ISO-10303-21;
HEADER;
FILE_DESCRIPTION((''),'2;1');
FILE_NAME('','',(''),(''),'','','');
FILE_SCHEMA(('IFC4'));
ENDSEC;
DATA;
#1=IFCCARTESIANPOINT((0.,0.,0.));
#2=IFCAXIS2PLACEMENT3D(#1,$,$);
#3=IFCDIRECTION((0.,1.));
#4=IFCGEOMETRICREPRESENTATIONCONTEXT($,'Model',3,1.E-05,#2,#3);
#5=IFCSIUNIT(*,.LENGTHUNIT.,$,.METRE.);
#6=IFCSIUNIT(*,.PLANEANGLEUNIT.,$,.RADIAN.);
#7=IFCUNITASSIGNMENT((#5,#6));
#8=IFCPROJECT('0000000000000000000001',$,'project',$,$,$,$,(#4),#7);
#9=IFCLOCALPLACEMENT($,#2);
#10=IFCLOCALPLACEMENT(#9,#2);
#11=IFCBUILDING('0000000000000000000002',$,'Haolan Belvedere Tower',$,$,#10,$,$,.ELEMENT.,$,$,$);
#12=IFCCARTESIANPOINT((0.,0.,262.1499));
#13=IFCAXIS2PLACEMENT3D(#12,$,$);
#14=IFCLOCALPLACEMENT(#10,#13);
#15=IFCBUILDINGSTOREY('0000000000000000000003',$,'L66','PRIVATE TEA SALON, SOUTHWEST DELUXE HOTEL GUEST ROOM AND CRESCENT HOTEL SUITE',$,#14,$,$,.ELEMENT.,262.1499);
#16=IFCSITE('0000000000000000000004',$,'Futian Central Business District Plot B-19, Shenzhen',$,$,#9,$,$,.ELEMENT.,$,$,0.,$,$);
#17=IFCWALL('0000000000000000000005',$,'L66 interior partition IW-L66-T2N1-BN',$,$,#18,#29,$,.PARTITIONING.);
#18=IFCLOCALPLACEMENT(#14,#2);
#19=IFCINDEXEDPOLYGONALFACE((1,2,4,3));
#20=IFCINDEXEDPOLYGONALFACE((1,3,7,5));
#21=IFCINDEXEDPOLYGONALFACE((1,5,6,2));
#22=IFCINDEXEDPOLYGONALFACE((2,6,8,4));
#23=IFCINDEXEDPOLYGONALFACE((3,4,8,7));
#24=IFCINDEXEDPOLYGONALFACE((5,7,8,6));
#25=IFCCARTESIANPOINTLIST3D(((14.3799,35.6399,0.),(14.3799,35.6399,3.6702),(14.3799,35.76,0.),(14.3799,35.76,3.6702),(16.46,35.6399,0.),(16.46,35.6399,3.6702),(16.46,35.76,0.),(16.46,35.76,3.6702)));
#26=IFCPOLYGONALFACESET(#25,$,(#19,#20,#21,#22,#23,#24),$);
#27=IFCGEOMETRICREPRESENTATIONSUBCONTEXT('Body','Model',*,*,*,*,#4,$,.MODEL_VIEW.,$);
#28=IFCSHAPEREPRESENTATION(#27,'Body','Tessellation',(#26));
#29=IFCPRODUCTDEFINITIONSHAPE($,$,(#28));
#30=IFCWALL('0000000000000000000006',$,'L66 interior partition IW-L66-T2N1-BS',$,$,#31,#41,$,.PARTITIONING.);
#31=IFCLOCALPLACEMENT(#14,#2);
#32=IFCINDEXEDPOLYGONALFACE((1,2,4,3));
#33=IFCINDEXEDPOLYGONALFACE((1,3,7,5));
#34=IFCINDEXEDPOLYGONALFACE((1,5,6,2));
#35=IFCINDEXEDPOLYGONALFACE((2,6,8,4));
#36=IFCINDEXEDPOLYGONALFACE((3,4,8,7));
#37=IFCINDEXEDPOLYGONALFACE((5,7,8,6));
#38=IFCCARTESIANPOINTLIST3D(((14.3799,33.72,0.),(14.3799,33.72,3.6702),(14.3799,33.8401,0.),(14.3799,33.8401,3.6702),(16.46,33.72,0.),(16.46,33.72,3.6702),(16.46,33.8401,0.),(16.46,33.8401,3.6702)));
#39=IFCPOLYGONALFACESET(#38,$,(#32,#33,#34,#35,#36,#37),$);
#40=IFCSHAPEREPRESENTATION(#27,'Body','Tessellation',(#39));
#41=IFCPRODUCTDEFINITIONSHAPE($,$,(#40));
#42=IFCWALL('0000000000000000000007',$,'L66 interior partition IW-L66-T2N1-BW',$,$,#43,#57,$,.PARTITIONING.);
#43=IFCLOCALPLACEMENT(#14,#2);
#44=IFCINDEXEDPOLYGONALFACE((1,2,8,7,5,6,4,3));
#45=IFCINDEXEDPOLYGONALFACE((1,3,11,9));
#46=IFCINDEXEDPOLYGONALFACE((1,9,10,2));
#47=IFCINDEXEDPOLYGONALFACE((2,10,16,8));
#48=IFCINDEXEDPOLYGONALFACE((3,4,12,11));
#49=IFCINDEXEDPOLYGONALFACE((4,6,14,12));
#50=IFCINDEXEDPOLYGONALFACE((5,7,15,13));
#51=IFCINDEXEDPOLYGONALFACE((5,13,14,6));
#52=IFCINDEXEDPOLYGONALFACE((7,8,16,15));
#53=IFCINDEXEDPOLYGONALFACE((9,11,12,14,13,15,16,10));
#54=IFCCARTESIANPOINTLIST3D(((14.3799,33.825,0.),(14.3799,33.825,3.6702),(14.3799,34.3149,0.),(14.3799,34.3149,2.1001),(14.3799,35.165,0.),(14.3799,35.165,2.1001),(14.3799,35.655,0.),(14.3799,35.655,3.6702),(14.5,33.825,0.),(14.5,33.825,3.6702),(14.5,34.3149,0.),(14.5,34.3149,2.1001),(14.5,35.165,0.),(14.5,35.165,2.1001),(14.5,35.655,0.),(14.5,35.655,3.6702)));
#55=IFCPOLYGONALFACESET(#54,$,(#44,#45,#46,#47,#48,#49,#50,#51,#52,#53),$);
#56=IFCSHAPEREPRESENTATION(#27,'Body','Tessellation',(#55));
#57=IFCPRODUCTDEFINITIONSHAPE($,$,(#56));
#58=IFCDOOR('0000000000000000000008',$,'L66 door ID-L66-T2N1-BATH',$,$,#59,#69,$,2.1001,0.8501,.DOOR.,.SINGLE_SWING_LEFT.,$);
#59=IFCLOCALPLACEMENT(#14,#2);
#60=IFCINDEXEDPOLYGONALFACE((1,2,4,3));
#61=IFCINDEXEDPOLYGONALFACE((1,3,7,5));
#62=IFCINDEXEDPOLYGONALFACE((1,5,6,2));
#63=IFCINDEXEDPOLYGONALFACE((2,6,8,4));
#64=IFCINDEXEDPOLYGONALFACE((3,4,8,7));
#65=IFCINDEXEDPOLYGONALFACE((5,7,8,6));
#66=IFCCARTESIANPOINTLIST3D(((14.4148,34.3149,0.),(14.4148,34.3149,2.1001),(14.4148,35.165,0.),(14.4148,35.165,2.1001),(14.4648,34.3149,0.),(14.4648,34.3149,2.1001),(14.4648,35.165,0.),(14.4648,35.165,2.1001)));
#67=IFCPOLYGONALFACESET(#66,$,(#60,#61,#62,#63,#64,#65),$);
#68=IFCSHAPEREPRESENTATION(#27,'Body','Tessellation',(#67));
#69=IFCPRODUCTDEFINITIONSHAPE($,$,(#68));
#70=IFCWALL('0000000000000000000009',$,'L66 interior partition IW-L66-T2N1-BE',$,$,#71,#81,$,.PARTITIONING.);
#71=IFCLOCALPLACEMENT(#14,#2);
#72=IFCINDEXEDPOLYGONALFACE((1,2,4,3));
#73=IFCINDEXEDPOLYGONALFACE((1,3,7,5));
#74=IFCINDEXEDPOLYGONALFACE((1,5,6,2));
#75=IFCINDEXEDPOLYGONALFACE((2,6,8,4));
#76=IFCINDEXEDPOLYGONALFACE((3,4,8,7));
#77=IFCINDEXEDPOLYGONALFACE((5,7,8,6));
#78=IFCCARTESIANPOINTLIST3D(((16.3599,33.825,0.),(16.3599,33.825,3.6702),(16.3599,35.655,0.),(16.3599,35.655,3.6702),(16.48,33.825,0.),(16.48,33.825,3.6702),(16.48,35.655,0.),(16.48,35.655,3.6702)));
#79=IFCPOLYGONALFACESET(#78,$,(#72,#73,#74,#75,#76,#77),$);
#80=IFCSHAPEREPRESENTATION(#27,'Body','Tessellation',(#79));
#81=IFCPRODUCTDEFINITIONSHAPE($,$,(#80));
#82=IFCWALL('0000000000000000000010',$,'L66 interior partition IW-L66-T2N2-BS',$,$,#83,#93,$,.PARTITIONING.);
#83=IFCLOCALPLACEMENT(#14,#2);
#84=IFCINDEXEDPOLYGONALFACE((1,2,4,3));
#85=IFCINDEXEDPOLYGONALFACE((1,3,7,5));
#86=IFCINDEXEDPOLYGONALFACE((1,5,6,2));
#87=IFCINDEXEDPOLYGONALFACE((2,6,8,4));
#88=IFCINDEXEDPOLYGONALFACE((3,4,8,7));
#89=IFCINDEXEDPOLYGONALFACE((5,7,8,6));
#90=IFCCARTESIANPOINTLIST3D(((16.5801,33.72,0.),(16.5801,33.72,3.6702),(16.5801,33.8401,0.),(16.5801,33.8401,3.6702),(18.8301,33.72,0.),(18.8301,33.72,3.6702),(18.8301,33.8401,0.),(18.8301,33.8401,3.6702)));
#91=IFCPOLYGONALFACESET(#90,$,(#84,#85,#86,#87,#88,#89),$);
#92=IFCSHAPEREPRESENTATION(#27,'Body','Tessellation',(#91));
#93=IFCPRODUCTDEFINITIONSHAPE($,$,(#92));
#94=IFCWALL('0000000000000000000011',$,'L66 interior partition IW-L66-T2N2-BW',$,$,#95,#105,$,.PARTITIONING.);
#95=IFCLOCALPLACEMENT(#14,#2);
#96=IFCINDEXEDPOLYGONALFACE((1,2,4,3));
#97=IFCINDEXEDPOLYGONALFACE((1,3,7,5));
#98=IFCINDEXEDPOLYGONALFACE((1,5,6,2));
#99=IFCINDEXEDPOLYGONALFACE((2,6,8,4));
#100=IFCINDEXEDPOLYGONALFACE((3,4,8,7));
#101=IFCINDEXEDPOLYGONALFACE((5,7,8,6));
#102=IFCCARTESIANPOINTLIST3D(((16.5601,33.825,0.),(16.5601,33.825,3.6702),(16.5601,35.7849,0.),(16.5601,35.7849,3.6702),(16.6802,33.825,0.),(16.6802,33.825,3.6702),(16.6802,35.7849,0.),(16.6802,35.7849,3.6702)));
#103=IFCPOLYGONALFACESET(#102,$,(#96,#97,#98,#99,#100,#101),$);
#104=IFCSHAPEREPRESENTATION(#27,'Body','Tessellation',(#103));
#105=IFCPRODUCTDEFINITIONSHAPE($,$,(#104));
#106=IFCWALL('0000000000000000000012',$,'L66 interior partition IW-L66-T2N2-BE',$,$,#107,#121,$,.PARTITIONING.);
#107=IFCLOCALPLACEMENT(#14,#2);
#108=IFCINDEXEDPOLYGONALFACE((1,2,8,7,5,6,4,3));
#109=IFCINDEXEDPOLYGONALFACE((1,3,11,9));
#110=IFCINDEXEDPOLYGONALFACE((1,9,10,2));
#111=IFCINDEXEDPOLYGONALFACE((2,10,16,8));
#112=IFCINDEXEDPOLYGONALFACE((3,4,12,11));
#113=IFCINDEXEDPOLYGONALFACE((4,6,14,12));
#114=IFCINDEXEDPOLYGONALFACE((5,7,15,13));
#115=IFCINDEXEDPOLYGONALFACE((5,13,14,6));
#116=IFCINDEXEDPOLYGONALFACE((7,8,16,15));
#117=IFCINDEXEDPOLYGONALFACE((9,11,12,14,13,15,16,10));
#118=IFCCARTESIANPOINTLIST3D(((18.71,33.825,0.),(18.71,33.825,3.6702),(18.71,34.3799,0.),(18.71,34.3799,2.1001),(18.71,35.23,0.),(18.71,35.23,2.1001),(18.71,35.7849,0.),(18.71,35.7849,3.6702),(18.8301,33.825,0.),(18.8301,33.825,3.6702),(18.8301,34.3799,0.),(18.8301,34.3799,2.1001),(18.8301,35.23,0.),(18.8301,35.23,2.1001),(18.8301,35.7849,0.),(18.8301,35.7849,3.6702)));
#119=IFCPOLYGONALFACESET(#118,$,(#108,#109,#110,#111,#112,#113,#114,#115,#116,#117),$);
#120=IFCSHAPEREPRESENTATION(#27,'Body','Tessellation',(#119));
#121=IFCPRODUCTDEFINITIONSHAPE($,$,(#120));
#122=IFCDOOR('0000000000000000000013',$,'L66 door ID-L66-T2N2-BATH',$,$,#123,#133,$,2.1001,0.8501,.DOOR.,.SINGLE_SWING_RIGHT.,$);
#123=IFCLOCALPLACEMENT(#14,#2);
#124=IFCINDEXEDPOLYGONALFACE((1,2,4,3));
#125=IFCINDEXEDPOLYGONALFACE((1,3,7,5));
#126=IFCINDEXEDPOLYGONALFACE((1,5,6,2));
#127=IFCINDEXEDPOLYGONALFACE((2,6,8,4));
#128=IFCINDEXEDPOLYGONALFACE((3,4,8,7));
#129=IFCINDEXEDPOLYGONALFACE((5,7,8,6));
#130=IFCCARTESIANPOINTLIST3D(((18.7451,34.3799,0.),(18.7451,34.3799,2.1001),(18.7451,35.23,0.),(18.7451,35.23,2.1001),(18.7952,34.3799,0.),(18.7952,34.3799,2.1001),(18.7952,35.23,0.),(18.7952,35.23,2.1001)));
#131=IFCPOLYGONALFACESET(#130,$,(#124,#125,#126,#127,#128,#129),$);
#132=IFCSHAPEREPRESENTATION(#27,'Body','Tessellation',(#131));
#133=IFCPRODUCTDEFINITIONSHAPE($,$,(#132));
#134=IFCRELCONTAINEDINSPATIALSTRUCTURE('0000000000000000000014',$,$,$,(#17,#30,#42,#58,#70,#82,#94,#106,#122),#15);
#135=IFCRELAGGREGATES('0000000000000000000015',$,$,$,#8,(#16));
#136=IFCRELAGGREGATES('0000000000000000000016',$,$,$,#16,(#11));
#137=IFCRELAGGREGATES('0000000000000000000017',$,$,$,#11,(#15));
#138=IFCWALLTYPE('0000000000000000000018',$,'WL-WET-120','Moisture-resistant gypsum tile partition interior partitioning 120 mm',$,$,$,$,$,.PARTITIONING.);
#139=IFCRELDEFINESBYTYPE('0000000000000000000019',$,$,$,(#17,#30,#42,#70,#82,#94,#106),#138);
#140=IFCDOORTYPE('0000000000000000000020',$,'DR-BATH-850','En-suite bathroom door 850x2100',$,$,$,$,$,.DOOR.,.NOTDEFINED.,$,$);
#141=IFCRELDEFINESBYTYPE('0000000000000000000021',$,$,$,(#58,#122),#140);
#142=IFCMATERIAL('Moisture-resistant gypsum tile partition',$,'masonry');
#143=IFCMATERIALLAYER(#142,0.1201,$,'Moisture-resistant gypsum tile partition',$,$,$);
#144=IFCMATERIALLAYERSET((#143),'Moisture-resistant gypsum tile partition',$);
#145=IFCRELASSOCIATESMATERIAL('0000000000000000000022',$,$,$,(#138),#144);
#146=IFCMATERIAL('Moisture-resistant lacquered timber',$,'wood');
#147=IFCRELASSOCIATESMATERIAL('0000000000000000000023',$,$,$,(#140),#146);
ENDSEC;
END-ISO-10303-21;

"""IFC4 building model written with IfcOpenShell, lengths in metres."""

from ifc_helpers import new_model, si_unit, direction, frame, frame_2d, origin, place, context, subcontext, project, spatial, rectangle, extrude, material, layer, layer_set, type_object, element, fill, save


model = new_model("IFC4")

# Units and contexts
model_context = context("Model", 3, precision=1e-05, world=origin(), true_north=direction((0.0, 1.0)))
body_context = subcontext(model_context, "Body", "Model", "MODEL_VIEW")
ifc_project = project(units=[si_unit("LENGTHUNIT", "METRE"), si_unit("PLANEANGLEUNIT", "RADIAN")], contexts=[model_context])

# Site, building, storey
site_placement = place(None, origin())
site = spatial("IfcSite", under=ifc_project, at=site_placement, Name="Futian Central Business District Plot B-19, Shenzhen", CompositionType="ELEMENT", RefElevation=0.0)
building_placement = place(site_placement, origin())
building = spatial("IfcBuilding", under=site, at=building_placement, Name="Haolan Belvedere Tower", CompositionType="ELEMENT")
storey_placement = place(building_placement, frame((0.0, 0.0, 262.1499)))
storey = spatial("IfcBuildingStorey", under=building, at=storey_placement, Name="L66", Description="PRIVATE TEA SALON, SOUTHWEST DELUXE HOTEL GUEST ROOM AND CRESCENT HOTEL SUITE", CompositionType="ELEMENT", Elevation=262.1499)

# Walls
ifc_material_1 = material(Name="Moisture-resistant gypsum tile partition", Category="masonry")
ifc_layer_1 = layer(ifc_material_1, 0.1201, Name="Moisture-resistant gypsum tile partition")
ifc_layer_set_1 = layer_set([ifc_layer_1], Name="Moisture-resistant gypsum tile partition")
wall_type_1 = type_object("IfcWallType", Name="WL-WET-120", Description="Moisture-resistant gypsum tile partition interior partitioning 120 mm", PredefinedType="PARTITIONING", material=ifc_layer_set_1)
for number, where, z_axis, x_axis, name in (
    (1, (14.3799, 35.7, 0.0), (0.0, 0.0, 1.0), (1.0, 0.0, 0.0), "L66 interior partition IW-L66-T2N1-BN"),
    (2, (14.3799, 33.78, 0.0), (0.0, 0.0, 1.0), (1.0, 0.0, 0.0), "L66 interior partition IW-L66-T2N1-BS"),
):
    element("IfcWall", number, at=place(storey_placement, frame(where, z_axis=z_axis, x_axis=x_axis)), inside=storey, type_object=wall_type_1, Name=name, PredefinedType="PARTITIONING", context=body_context, shape_type="SweptSolid", body=[
        extrude(rectangle(XDim=2.0801, YDim=0.1201, at=frame_2d((1.04, 0.0))), origin(), (0.0, 0.0, 1.0), 3.6702),
    ])

# Wall, opening, door
wall_1_placement = place(storey_placement, frame((14.4399, 33.825, 0.0), z_axis=(0.0, 0.0, 1.0), x_axis=(0.0, 1.0, 0.0)))
wall_1 = element("IfcWall", 3, at=wall_1_placement, inside=storey, type_object=wall_type_1, Name="L66 interior partition IW-L66-T2N1-BW", PredefinedType="PARTITIONING", context=body_context, shape_type="SweptSolid", body=[
    extrude(rectangle(XDim=1.8301, YDim=0.1201, at=frame_2d((0.915, 0.0))), origin(), (0.0, 0.0, 1.0), 3.6702),
])
opening_1_placement = place(wall_1_placement, frame((1.3401, 0.0, 0.0), z_axis=(0.0, 0.0, 1.0), x_axis=(-1.0, 0.0, 0.0)))
opening_1 = element("IfcOpeningElement", 4, at=opening_1_placement, cuts=wall_1, PredefinedType="OPENING", context=body_context, shape_type="SweptSolid", body=[
    extrude(rectangle(XDim=0.8501, YDim=2.1001, at=frame_2d((0.425, 1.05))), frame((0.0, 0.0701, 0.0), z_axis=(0.0, -1.0, 0.0), x_axis=(1.0, 0.0, 0.0)), (0.0, 0.0, 1.0), 0.1401),
])
ifc_material_2 = material(Name="Moisture-resistant lacquered timber", Category="wood")
door_type_1 = type_object("IfcDoorType", Name="DR-BATH-850", Description="En-suite bathroom door 850x2100", OperationType="NOTDEFINED", PredefinedType="DOOR", material=ifc_material_2)
door_1_placement = place(opening_1_placement, origin())
door_1 = element("IfcDoor", 5, at=door_1_placement, inside=storey, type_object=door_type_1, Name="L66 door ID-L66-T2N1-BATH", OperationType="SINGLE_SWING_LEFT", OverallHeight=2.1001, OverallWidth=0.8501, PredefinedType="DOOR", context=body_context, shape_type="SweptSolid", body=[
    extrude(rectangle(XDim=0.8501, YDim=2.1001, at=frame_2d((0.425, 1.05))), frame((0.0, 0.0249, 0.0), z_axis=(0.0, -1.0, 0.0), x_axis=(1.0, 0.0, 0.0)), (0.0, 0.0, 1.0), 0.05),
])
fill(opening_1, door_1)

# Walls
wall_2_placement = place(storey_placement, frame((16.4199, 33.825, 0.0), z_axis=(0.0, 0.0, 1.0), x_axis=(0.0, 1.0, 0.0)))
element("IfcWall", 6, at=wall_2_placement, inside=storey, type_object=wall_type_1, Name="L66 interior partition IW-L66-T2N1-BE", PredefinedType="PARTITIONING", context=body_context, shape_type="SweptSolid", body=[
    extrude(rectangle(XDim=1.8301, YDim=0.1201, at=frame_2d((0.915, 0.0))), origin(), (0.0, 0.0, 1.0), 3.6702),
])
wall_3_placement = place(storey_placement, frame((16.5801, 33.78, 0.0), z_axis=(0.0, 0.0, 1.0), x_axis=(1.0, 0.0, 0.0)))
element("IfcWall", 7, at=wall_3_placement, inside=storey, type_object=wall_type_1, Name="L66 interior partition IW-L66-T2N2-BS", PredefinedType="PARTITIONING", context=body_context, shape_type="SweptSolid", body=[
    extrude(rectangle(XDim=2.25, YDim=0.1201, at=frame_2d((1.125, 0.0))), origin(), (0.0, 0.0, 1.0), 3.6702),
])
wall_4_placement = place(storey_placement, frame((16.6201, 33.825, 0.0), z_axis=(0.0, 0.0, 1.0), x_axis=(0.0, 1.0, 0.0)))
element("IfcWall", 8, at=wall_4_placement, inside=storey, type_object=wall_type_1, Name="L66 interior partition IW-L66-T2N2-BW", PredefinedType="PARTITIONING", context=body_context, shape_type="SweptSolid", body=[
    extrude(rectangle(XDim=1.96, YDim=0.1201, at=frame_2d((0.98, 0.0))), origin(), (0.0, 0.0, 1.0), 3.6702),
])

# Wall, opening, door
wall_5_placement = place(storey_placement, frame((18.77, 33.825, 0.0), z_axis=(0.0, 0.0, 1.0), x_axis=(0.0, 1.0, 0.0)))
wall_5 = element("IfcWall", 9, at=wall_5_placement, inside=storey, type_object=wall_type_1, Name="L66 interior partition IW-L66-T2N2-BE", PredefinedType="PARTITIONING", context=body_context, shape_type="SweptSolid", body=[
    extrude(rectangle(XDim=1.96, YDim=0.1201, at=frame_2d((0.98, 0.0))), origin(), (0.0, 0.0, 1.0), 3.6702),
])
opening_2_placement = place(wall_5_placement, frame((0.5549, 0.0, 0.0)))
opening_2 = element("IfcOpeningElement", 10, at=opening_2_placement, cuts=wall_5, PredefinedType="OPENING", context=body_context, shape_type="SweptSolid", body=[
    extrude(rectangle(XDim=0.8501, YDim=2.1001, at=frame_2d((0.425, 1.05))), frame((0.0, 0.0701, 0.0), z_axis=(0.0, -1.0, 0.0), x_axis=(1.0, 0.0, 0.0)), (0.0, 0.0, 1.0), 0.1401),
])
door_2_placement = place(opening_2_placement, origin())
door_2 = element("IfcDoor", 11, at=door_2_placement, inside=storey, type_object=door_type_1, Name="L66 door ID-L66-T2N2-BATH", OperationType="SINGLE_SWING_RIGHT", OverallHeight=2.1001, OverallWidth=0.8501, PredefinedType="DOOR", context=body_context, shape_type="SweptSolid", body=[
    extrude(rectangle(XDim=0.8501, YDim=2.1001, at=frame_2d((0.425, 1.05))), frame((0.0, 0.0249, 0.0), z_axis=(0.0, -1.0, 0.0), x_axis=(1.0, 0.0, 0.0)), (0.0, 0.0, 1.0), 0.05),
])
fill(opening_2, door_2)

save(model, "model.ifc")
